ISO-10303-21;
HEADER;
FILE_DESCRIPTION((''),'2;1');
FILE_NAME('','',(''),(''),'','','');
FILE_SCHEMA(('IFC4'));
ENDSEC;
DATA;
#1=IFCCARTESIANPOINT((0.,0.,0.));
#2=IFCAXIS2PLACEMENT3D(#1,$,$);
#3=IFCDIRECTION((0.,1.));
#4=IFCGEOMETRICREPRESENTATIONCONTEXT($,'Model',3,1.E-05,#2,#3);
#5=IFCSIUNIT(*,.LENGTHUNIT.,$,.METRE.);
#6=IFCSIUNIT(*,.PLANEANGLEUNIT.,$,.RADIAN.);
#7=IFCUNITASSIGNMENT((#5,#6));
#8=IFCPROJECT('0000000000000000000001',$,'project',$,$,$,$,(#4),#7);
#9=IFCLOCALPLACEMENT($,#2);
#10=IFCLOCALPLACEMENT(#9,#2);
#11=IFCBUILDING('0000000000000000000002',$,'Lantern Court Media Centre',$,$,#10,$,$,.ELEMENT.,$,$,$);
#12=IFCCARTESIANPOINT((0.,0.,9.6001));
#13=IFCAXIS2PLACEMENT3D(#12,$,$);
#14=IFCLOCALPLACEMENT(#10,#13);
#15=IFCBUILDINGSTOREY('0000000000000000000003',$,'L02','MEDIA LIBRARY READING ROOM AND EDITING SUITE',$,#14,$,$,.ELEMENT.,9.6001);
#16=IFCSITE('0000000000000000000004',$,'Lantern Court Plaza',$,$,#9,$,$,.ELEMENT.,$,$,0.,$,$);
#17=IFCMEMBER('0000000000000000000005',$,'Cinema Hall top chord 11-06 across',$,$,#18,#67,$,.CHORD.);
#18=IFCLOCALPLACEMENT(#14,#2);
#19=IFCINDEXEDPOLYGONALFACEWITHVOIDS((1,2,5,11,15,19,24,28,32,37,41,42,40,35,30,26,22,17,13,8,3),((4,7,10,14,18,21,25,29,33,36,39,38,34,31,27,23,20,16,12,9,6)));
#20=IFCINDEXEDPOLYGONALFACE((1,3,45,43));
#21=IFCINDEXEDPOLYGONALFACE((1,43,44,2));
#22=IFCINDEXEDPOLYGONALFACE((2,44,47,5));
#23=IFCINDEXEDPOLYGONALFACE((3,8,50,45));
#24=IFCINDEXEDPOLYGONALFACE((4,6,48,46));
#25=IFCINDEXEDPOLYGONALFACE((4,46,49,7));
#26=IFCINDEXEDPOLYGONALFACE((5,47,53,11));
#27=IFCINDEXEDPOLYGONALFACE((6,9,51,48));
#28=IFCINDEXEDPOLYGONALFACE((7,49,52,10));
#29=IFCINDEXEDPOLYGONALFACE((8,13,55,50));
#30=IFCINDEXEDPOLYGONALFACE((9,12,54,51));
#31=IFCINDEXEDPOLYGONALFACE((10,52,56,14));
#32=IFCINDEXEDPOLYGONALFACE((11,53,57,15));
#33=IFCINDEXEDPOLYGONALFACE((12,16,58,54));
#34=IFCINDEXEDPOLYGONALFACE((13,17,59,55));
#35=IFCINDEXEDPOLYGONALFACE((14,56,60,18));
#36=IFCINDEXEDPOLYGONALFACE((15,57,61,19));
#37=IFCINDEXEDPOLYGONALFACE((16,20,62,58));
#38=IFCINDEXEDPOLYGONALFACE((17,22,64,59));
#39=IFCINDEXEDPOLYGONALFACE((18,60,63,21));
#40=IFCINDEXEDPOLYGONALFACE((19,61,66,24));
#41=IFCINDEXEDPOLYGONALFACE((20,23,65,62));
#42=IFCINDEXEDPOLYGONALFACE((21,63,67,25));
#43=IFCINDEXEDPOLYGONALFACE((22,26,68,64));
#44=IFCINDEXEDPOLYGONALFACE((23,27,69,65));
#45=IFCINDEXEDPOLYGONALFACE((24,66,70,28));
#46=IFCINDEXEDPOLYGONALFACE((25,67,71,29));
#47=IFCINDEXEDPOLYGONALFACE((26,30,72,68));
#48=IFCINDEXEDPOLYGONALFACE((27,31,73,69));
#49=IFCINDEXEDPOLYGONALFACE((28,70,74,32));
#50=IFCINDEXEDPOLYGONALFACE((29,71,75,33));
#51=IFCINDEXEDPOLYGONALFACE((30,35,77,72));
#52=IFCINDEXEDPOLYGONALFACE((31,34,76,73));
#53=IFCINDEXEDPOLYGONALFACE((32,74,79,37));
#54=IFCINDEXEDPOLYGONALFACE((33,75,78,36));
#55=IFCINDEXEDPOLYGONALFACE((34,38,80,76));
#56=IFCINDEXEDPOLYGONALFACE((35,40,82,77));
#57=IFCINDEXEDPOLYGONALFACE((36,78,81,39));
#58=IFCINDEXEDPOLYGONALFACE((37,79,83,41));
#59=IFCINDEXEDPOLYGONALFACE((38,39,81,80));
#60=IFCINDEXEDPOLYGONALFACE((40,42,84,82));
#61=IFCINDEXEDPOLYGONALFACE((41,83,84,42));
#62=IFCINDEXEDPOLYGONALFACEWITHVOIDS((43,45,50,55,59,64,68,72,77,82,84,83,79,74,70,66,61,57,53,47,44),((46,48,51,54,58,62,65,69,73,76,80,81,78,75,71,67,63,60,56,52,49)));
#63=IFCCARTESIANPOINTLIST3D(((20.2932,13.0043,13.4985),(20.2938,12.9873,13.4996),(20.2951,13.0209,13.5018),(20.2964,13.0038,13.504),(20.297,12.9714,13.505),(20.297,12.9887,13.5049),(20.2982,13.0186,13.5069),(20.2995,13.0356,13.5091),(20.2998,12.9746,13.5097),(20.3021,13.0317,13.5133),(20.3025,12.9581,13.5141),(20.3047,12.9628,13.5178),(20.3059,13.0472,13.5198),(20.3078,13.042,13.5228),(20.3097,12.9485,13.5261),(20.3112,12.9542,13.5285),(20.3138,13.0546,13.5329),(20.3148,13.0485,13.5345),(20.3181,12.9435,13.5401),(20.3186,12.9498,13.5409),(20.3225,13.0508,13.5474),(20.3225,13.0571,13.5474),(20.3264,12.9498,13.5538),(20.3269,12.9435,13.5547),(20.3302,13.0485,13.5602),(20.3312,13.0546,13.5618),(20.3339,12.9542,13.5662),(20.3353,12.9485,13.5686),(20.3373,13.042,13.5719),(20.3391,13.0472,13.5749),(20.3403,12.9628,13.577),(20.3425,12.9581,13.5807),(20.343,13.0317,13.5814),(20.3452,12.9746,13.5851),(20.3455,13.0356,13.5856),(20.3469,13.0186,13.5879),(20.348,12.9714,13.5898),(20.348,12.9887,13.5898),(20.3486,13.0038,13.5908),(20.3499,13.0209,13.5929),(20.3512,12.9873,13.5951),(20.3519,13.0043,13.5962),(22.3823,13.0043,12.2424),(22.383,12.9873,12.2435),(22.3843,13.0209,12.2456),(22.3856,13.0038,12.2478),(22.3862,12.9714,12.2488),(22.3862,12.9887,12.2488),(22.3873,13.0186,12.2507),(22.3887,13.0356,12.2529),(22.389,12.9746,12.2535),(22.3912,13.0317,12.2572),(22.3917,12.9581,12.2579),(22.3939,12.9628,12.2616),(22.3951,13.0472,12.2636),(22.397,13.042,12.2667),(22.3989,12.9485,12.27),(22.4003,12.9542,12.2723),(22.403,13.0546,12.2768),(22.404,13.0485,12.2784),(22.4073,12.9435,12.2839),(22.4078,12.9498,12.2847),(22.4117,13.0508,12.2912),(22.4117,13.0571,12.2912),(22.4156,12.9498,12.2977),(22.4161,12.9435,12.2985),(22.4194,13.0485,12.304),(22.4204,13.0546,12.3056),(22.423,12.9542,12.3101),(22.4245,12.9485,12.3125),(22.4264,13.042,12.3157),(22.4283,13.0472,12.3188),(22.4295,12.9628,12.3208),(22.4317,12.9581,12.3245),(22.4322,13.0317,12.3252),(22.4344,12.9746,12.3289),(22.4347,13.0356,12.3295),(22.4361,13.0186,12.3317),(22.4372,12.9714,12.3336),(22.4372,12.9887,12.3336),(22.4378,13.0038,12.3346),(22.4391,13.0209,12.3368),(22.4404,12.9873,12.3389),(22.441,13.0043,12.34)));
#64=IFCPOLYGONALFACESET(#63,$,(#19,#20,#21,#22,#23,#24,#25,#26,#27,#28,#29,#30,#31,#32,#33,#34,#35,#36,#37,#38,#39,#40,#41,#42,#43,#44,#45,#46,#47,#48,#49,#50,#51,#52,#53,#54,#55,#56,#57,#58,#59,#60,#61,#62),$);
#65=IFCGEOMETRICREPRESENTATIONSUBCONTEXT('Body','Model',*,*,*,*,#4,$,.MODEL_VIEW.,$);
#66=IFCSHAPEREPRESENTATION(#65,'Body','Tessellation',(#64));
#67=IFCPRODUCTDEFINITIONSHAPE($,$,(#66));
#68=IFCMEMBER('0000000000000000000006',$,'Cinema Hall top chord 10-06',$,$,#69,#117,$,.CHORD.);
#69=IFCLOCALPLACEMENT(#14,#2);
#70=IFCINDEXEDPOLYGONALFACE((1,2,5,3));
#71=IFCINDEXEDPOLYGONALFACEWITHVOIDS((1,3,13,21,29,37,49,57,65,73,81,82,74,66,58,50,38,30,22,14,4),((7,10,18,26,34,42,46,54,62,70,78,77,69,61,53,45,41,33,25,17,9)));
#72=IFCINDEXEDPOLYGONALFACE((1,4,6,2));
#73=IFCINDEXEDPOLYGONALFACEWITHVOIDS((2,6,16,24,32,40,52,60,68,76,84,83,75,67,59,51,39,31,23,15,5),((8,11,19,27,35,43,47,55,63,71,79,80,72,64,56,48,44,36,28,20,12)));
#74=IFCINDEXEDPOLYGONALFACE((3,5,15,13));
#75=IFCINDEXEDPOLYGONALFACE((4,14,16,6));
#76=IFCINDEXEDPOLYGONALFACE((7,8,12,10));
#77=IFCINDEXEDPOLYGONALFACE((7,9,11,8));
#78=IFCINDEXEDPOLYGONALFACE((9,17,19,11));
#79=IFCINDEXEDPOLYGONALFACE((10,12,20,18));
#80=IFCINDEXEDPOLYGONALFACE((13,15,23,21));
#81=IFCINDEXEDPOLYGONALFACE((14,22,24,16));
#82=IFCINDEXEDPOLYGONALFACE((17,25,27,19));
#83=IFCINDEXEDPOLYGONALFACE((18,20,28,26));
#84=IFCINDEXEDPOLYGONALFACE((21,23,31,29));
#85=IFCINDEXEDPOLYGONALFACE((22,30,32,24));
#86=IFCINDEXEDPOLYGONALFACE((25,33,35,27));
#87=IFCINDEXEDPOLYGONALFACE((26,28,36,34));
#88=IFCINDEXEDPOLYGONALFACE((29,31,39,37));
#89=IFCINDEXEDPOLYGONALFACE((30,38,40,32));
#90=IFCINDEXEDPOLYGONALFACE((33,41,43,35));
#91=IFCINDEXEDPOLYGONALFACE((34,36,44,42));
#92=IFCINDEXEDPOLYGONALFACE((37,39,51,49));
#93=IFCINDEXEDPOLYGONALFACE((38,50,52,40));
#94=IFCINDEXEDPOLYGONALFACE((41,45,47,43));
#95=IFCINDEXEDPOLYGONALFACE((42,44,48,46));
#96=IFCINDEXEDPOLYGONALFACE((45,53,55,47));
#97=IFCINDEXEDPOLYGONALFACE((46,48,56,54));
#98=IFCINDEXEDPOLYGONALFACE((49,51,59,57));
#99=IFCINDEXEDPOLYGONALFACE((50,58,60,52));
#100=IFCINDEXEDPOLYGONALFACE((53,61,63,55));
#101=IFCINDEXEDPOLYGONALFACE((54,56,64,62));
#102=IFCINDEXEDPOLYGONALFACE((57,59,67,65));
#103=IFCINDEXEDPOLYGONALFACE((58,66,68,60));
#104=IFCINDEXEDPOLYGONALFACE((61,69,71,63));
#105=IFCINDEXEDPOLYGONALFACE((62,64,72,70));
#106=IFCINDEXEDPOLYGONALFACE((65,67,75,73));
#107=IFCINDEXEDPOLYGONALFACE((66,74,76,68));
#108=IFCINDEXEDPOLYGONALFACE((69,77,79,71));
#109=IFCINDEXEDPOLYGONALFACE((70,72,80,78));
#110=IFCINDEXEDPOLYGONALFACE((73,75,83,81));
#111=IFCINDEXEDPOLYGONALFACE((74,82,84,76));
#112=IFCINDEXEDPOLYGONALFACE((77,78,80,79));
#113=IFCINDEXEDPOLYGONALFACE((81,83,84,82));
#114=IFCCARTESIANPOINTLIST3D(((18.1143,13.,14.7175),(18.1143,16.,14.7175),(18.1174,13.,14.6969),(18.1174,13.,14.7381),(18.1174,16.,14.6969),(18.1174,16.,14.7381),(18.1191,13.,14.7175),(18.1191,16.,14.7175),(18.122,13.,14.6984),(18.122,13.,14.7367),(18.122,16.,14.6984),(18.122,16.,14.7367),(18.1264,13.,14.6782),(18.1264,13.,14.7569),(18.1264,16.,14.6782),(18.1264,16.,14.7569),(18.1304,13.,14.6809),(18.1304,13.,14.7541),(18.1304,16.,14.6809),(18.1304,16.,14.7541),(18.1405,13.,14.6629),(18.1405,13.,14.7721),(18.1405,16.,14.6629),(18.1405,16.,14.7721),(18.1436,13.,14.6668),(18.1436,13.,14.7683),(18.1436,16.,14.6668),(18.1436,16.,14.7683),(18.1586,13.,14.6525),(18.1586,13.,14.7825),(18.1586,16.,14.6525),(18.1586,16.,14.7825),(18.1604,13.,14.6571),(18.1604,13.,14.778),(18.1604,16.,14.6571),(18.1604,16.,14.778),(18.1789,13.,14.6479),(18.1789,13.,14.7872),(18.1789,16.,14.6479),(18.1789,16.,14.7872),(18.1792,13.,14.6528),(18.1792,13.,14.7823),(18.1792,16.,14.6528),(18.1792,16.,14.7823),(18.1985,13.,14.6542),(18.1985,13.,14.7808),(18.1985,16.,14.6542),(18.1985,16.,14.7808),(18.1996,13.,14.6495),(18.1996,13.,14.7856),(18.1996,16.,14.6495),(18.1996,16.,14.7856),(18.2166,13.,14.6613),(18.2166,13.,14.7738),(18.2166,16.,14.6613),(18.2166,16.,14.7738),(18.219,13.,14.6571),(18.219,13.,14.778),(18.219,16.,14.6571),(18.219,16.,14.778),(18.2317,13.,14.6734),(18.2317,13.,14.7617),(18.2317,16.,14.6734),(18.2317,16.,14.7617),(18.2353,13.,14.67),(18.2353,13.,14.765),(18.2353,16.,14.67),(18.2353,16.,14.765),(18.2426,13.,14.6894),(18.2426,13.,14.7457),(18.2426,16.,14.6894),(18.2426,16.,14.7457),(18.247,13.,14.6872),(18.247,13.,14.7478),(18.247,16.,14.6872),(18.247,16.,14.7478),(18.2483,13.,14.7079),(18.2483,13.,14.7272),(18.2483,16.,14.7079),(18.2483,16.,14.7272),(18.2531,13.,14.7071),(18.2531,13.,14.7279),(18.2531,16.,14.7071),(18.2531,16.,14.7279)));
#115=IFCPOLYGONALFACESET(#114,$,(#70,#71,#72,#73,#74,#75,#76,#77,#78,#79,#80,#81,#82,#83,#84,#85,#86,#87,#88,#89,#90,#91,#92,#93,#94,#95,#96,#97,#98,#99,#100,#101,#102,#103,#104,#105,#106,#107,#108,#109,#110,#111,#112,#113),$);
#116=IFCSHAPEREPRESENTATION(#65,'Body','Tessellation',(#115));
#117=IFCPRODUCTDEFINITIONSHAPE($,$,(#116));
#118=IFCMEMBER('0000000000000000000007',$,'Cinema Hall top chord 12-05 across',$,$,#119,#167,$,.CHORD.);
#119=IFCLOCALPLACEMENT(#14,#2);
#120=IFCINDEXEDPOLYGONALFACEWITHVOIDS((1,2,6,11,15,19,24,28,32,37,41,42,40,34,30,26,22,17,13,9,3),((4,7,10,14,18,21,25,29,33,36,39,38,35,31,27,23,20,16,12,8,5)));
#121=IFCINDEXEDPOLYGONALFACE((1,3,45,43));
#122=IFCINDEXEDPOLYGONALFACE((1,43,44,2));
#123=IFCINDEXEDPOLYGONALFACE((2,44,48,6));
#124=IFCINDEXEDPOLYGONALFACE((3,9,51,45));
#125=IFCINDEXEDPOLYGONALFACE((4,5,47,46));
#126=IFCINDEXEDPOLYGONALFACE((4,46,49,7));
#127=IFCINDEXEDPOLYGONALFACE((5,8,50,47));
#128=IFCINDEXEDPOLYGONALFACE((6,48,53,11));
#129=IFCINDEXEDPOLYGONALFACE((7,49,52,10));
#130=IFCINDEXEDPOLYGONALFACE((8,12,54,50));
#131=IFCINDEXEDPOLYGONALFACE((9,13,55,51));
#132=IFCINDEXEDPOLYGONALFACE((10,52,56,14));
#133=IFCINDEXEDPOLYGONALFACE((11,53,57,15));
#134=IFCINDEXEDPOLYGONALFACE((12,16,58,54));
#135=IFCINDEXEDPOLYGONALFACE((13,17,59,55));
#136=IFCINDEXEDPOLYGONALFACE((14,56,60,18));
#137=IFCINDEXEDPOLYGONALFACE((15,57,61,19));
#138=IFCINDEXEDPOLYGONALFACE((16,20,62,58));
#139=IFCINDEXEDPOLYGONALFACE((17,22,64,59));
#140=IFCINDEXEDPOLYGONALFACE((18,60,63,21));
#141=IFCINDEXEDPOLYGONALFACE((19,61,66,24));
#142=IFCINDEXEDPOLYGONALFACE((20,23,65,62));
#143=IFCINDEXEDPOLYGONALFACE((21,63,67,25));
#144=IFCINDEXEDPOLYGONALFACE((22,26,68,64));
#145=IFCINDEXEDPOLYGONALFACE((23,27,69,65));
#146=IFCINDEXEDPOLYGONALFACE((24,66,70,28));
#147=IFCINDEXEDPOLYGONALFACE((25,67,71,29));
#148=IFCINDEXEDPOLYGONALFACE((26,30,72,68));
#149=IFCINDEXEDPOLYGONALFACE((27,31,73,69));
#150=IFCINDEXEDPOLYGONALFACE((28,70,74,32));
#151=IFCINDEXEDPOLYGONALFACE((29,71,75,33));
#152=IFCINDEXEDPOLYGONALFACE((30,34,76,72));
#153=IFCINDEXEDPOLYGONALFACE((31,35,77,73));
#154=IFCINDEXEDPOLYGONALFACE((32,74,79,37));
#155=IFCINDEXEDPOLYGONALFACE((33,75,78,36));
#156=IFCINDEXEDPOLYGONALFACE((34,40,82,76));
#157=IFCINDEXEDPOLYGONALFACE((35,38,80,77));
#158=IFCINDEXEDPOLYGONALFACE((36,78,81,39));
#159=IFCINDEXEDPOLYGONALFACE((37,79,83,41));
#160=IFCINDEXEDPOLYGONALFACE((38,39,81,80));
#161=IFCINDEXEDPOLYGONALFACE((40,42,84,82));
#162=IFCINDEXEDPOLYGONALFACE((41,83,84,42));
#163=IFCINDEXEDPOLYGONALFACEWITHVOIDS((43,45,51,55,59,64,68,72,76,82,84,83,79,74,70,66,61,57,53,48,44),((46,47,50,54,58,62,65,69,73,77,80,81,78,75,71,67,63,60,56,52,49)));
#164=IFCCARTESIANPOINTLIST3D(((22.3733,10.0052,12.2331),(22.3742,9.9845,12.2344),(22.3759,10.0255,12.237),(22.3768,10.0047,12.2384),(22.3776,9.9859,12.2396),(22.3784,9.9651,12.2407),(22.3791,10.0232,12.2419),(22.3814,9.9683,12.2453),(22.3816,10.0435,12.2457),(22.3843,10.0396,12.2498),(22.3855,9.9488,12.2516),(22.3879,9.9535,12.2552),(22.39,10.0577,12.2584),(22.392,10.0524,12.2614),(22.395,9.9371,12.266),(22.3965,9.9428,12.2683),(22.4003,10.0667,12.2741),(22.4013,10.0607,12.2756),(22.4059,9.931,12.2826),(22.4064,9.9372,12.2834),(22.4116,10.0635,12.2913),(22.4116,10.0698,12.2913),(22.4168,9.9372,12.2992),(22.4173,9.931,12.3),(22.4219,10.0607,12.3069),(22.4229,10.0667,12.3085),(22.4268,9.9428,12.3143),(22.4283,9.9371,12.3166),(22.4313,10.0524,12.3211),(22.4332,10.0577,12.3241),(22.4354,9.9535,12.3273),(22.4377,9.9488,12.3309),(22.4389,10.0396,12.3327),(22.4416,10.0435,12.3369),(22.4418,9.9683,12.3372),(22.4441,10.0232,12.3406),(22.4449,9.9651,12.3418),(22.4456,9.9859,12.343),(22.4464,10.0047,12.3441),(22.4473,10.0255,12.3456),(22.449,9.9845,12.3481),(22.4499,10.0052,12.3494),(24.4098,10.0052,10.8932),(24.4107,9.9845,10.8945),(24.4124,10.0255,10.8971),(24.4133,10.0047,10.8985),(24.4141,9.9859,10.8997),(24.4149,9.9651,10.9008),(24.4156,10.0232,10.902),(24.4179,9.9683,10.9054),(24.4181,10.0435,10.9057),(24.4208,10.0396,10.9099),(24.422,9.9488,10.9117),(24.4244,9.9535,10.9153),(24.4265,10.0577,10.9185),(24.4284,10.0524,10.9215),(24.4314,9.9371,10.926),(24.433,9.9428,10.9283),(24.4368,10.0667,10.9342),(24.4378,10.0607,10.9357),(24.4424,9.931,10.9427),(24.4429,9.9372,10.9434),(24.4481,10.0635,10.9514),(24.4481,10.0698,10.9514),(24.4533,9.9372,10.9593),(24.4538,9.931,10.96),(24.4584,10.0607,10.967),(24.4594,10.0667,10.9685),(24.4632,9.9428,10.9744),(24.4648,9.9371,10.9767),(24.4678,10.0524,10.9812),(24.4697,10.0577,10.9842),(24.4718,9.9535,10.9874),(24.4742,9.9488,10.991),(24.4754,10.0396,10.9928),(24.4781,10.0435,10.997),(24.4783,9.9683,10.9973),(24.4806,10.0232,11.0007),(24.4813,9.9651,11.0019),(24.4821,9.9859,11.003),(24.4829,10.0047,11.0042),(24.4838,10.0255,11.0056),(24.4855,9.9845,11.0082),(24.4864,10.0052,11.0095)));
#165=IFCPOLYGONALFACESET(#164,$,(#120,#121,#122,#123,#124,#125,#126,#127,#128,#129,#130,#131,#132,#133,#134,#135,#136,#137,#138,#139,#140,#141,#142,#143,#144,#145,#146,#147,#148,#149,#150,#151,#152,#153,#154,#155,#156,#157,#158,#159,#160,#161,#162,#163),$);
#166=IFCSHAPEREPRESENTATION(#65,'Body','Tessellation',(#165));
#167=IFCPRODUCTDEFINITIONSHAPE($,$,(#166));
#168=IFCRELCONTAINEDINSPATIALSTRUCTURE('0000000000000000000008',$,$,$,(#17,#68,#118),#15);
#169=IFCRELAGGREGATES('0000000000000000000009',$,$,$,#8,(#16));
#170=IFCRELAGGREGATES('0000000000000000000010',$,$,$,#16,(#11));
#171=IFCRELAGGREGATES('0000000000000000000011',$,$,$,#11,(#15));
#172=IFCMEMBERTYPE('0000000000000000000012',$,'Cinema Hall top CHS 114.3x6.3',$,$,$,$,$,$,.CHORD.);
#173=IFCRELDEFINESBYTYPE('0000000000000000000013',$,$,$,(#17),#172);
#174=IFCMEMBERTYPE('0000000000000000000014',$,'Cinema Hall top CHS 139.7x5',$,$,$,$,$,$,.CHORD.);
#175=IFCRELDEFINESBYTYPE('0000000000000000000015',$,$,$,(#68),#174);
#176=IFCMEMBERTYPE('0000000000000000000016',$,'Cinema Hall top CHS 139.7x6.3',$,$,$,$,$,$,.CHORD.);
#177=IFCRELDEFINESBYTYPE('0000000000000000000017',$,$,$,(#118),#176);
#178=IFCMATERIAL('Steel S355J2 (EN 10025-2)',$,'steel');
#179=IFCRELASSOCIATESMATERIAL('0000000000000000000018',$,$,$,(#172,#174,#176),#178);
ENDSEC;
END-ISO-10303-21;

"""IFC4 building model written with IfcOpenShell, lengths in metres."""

from ifc_helpers import new_model, si_unit, direction, frame, origin, origin_2d, place, context, subcontext, project, spatial, hollow_circle, extrude, material, material_profile, profile_set, type_object, element, save


model = new_model("IFC4")

# Units and contexts
model_context = context("Model", 3, precision=1e-05, world=origin(), true_north=direction((0.0, 1.0)))
body_context = subcontext(model_context, "Body", "Model", "MODEL_VIEW")
ifc_project = project(units=[si_unit("LENGTHUNIT", "METRE"), si_unit("PLANEANGLEUNIT", "RADIAN")], contexts=[model_context])

# Site, building, storey
site_placement = place(None, origin())
site = spatial("IfcSite", under=ifc_project, at=site_placement, Name="Lantern Court Plaza", CompositionType="ELEMENT", RefElevation=0.0)
building_placement = place(site_placement, origin())
building = spatial("IfcBuilding", under=site, at=building_placement, Name="Lantern Court Media Centre", CompositionType="ELEMENT")
storey_placement = place(building_placement, frame((0.0, 0.0, 9.6001)))
storey = spatial("IfcBuildingStorey", under=building, at=storey_placement, Name="L02", Description="MEDIA LIBRARY READING ROOM AND EDITING SUITE", CompositionType="ELEMENT", Elevation=9.6001)

# Members
ifc_material = material(Name="Steel S355J2 (EN 10025-2)", Category="steel")
ifc_material_profile_1 = material_profile(ifc_material, hollow_circle(Radius=0.0571, WallThickness=0.0063, at=origin_2d()), Name="Cinema Hall top CHS 114.3x6.3")
ifc_profile_set_1 = profile_set([ifc_material_profile_1], Name="Steel S355J2 (EN 10025-2)")
member_type_1 = type_object("IfcMemberType", Name="Cinema Hall top CHS 114.3x6.3", PredefinedType="CHORD", material=ifc_profile_set_1)
for number, where, z_axis, x_axis, name in (
    (1, (20.3225, 13.0, 13.5474), (0.857015, 0.0, -0.515291), (0.0, 1.0, 0.0), "Cinema Hall top chord 11-06 across"),
):
    element("IfcMember", number, at=place(storey_placement, frame(where, z_axis=z_axis, x_axis=x_axis)), inside=storey, type_object=member_type_1, Name=name, PredefinedType="CHORD", context=body_context, shape_type="SweptSolid", body=[
        extrude(hollow_circle(Radius=0.0571, WallThickness=0.0063, at=origin_2d()), origin(), (0.0, 0.0, 1.0), 2.4377),
    ])
ifc_material_profile_2 = material_profile(ifc_material, hollow_circle(Radius=0.0698, WallThickness=0.0049, at=origin_2d()), Name="Cinema Hall top CHS 139.7x5")
ifc_profile_set_2 = profile_set([ifc_material_profile_2], Name="Steel S355J2 (EN 10025-2)")
member_type_2 = type_object("IfcMemberType", Name="Cinema Hall top CHS 139.7x5", PredefinedType="CHORD", material=ifc_profile_set_2)
member_placement = place(storey_placement, frame((18.1841, 13.0, 14.7175), z_axis=(0.0, 1.0, 0.0), x_axis=(-1.0, 0.0, 0.0)))
element("IfcMember", 2, at=member_placement, inside=storey, type_object=member_type_2, Name="Cinema Hall top chord 10-06", PredefinedType="CHORD", context=body_context, shape_type="SweptSolid", body=[
    extrude(hollow_circle(Radius=0.0698, WallThickness=0.0049, at=origin_2d()), origin(), (0.0, 0.0, 1.0), 3.0),
])
ifc_material_profile_3 = material_profile(ifc_material, hollow_circle(Radius=0.0698, WallThickness=0.0063, at=origin_2d()), Name="Cinema Hall top CHS 139.7x6.3")
ifc_profile_set_3 = profile_set([ifc_material_profile_3], Name="Steel S355J2 (EN 10025-2)")
member_type_3 = type_object("IfcMemberType", Name="Cinema Hall top CHS 139.7x6.3", PredefinedType="CHORD", material=ifc_profile_set_3)
for number, where, z_axis, x_axis, name in (
    (3, (22.4116, 10.0, 12.2913), (0.835394, 0.0, -0.549651), (0.0, 1.0, 0.0), "Cinema Hall top chord 12-05 across"),
):
    element("IfcMember", number, at=place(storey_placement, frame(where, z_axis=z_axis, x_axis=x_axis)), inside=storey, type_object=member_type_3, Name=name, PredefinedType="CHORD", context=body_context, shape_type="SweptSolid", body=[
        extrude(hollow_circle(Radius=0.0698, WallThickness=0.0063, at=origin_2d()), origin(), (0.0, 0.0, 1.0), 2.4377),
    ])

save(model, "model.ifc")
